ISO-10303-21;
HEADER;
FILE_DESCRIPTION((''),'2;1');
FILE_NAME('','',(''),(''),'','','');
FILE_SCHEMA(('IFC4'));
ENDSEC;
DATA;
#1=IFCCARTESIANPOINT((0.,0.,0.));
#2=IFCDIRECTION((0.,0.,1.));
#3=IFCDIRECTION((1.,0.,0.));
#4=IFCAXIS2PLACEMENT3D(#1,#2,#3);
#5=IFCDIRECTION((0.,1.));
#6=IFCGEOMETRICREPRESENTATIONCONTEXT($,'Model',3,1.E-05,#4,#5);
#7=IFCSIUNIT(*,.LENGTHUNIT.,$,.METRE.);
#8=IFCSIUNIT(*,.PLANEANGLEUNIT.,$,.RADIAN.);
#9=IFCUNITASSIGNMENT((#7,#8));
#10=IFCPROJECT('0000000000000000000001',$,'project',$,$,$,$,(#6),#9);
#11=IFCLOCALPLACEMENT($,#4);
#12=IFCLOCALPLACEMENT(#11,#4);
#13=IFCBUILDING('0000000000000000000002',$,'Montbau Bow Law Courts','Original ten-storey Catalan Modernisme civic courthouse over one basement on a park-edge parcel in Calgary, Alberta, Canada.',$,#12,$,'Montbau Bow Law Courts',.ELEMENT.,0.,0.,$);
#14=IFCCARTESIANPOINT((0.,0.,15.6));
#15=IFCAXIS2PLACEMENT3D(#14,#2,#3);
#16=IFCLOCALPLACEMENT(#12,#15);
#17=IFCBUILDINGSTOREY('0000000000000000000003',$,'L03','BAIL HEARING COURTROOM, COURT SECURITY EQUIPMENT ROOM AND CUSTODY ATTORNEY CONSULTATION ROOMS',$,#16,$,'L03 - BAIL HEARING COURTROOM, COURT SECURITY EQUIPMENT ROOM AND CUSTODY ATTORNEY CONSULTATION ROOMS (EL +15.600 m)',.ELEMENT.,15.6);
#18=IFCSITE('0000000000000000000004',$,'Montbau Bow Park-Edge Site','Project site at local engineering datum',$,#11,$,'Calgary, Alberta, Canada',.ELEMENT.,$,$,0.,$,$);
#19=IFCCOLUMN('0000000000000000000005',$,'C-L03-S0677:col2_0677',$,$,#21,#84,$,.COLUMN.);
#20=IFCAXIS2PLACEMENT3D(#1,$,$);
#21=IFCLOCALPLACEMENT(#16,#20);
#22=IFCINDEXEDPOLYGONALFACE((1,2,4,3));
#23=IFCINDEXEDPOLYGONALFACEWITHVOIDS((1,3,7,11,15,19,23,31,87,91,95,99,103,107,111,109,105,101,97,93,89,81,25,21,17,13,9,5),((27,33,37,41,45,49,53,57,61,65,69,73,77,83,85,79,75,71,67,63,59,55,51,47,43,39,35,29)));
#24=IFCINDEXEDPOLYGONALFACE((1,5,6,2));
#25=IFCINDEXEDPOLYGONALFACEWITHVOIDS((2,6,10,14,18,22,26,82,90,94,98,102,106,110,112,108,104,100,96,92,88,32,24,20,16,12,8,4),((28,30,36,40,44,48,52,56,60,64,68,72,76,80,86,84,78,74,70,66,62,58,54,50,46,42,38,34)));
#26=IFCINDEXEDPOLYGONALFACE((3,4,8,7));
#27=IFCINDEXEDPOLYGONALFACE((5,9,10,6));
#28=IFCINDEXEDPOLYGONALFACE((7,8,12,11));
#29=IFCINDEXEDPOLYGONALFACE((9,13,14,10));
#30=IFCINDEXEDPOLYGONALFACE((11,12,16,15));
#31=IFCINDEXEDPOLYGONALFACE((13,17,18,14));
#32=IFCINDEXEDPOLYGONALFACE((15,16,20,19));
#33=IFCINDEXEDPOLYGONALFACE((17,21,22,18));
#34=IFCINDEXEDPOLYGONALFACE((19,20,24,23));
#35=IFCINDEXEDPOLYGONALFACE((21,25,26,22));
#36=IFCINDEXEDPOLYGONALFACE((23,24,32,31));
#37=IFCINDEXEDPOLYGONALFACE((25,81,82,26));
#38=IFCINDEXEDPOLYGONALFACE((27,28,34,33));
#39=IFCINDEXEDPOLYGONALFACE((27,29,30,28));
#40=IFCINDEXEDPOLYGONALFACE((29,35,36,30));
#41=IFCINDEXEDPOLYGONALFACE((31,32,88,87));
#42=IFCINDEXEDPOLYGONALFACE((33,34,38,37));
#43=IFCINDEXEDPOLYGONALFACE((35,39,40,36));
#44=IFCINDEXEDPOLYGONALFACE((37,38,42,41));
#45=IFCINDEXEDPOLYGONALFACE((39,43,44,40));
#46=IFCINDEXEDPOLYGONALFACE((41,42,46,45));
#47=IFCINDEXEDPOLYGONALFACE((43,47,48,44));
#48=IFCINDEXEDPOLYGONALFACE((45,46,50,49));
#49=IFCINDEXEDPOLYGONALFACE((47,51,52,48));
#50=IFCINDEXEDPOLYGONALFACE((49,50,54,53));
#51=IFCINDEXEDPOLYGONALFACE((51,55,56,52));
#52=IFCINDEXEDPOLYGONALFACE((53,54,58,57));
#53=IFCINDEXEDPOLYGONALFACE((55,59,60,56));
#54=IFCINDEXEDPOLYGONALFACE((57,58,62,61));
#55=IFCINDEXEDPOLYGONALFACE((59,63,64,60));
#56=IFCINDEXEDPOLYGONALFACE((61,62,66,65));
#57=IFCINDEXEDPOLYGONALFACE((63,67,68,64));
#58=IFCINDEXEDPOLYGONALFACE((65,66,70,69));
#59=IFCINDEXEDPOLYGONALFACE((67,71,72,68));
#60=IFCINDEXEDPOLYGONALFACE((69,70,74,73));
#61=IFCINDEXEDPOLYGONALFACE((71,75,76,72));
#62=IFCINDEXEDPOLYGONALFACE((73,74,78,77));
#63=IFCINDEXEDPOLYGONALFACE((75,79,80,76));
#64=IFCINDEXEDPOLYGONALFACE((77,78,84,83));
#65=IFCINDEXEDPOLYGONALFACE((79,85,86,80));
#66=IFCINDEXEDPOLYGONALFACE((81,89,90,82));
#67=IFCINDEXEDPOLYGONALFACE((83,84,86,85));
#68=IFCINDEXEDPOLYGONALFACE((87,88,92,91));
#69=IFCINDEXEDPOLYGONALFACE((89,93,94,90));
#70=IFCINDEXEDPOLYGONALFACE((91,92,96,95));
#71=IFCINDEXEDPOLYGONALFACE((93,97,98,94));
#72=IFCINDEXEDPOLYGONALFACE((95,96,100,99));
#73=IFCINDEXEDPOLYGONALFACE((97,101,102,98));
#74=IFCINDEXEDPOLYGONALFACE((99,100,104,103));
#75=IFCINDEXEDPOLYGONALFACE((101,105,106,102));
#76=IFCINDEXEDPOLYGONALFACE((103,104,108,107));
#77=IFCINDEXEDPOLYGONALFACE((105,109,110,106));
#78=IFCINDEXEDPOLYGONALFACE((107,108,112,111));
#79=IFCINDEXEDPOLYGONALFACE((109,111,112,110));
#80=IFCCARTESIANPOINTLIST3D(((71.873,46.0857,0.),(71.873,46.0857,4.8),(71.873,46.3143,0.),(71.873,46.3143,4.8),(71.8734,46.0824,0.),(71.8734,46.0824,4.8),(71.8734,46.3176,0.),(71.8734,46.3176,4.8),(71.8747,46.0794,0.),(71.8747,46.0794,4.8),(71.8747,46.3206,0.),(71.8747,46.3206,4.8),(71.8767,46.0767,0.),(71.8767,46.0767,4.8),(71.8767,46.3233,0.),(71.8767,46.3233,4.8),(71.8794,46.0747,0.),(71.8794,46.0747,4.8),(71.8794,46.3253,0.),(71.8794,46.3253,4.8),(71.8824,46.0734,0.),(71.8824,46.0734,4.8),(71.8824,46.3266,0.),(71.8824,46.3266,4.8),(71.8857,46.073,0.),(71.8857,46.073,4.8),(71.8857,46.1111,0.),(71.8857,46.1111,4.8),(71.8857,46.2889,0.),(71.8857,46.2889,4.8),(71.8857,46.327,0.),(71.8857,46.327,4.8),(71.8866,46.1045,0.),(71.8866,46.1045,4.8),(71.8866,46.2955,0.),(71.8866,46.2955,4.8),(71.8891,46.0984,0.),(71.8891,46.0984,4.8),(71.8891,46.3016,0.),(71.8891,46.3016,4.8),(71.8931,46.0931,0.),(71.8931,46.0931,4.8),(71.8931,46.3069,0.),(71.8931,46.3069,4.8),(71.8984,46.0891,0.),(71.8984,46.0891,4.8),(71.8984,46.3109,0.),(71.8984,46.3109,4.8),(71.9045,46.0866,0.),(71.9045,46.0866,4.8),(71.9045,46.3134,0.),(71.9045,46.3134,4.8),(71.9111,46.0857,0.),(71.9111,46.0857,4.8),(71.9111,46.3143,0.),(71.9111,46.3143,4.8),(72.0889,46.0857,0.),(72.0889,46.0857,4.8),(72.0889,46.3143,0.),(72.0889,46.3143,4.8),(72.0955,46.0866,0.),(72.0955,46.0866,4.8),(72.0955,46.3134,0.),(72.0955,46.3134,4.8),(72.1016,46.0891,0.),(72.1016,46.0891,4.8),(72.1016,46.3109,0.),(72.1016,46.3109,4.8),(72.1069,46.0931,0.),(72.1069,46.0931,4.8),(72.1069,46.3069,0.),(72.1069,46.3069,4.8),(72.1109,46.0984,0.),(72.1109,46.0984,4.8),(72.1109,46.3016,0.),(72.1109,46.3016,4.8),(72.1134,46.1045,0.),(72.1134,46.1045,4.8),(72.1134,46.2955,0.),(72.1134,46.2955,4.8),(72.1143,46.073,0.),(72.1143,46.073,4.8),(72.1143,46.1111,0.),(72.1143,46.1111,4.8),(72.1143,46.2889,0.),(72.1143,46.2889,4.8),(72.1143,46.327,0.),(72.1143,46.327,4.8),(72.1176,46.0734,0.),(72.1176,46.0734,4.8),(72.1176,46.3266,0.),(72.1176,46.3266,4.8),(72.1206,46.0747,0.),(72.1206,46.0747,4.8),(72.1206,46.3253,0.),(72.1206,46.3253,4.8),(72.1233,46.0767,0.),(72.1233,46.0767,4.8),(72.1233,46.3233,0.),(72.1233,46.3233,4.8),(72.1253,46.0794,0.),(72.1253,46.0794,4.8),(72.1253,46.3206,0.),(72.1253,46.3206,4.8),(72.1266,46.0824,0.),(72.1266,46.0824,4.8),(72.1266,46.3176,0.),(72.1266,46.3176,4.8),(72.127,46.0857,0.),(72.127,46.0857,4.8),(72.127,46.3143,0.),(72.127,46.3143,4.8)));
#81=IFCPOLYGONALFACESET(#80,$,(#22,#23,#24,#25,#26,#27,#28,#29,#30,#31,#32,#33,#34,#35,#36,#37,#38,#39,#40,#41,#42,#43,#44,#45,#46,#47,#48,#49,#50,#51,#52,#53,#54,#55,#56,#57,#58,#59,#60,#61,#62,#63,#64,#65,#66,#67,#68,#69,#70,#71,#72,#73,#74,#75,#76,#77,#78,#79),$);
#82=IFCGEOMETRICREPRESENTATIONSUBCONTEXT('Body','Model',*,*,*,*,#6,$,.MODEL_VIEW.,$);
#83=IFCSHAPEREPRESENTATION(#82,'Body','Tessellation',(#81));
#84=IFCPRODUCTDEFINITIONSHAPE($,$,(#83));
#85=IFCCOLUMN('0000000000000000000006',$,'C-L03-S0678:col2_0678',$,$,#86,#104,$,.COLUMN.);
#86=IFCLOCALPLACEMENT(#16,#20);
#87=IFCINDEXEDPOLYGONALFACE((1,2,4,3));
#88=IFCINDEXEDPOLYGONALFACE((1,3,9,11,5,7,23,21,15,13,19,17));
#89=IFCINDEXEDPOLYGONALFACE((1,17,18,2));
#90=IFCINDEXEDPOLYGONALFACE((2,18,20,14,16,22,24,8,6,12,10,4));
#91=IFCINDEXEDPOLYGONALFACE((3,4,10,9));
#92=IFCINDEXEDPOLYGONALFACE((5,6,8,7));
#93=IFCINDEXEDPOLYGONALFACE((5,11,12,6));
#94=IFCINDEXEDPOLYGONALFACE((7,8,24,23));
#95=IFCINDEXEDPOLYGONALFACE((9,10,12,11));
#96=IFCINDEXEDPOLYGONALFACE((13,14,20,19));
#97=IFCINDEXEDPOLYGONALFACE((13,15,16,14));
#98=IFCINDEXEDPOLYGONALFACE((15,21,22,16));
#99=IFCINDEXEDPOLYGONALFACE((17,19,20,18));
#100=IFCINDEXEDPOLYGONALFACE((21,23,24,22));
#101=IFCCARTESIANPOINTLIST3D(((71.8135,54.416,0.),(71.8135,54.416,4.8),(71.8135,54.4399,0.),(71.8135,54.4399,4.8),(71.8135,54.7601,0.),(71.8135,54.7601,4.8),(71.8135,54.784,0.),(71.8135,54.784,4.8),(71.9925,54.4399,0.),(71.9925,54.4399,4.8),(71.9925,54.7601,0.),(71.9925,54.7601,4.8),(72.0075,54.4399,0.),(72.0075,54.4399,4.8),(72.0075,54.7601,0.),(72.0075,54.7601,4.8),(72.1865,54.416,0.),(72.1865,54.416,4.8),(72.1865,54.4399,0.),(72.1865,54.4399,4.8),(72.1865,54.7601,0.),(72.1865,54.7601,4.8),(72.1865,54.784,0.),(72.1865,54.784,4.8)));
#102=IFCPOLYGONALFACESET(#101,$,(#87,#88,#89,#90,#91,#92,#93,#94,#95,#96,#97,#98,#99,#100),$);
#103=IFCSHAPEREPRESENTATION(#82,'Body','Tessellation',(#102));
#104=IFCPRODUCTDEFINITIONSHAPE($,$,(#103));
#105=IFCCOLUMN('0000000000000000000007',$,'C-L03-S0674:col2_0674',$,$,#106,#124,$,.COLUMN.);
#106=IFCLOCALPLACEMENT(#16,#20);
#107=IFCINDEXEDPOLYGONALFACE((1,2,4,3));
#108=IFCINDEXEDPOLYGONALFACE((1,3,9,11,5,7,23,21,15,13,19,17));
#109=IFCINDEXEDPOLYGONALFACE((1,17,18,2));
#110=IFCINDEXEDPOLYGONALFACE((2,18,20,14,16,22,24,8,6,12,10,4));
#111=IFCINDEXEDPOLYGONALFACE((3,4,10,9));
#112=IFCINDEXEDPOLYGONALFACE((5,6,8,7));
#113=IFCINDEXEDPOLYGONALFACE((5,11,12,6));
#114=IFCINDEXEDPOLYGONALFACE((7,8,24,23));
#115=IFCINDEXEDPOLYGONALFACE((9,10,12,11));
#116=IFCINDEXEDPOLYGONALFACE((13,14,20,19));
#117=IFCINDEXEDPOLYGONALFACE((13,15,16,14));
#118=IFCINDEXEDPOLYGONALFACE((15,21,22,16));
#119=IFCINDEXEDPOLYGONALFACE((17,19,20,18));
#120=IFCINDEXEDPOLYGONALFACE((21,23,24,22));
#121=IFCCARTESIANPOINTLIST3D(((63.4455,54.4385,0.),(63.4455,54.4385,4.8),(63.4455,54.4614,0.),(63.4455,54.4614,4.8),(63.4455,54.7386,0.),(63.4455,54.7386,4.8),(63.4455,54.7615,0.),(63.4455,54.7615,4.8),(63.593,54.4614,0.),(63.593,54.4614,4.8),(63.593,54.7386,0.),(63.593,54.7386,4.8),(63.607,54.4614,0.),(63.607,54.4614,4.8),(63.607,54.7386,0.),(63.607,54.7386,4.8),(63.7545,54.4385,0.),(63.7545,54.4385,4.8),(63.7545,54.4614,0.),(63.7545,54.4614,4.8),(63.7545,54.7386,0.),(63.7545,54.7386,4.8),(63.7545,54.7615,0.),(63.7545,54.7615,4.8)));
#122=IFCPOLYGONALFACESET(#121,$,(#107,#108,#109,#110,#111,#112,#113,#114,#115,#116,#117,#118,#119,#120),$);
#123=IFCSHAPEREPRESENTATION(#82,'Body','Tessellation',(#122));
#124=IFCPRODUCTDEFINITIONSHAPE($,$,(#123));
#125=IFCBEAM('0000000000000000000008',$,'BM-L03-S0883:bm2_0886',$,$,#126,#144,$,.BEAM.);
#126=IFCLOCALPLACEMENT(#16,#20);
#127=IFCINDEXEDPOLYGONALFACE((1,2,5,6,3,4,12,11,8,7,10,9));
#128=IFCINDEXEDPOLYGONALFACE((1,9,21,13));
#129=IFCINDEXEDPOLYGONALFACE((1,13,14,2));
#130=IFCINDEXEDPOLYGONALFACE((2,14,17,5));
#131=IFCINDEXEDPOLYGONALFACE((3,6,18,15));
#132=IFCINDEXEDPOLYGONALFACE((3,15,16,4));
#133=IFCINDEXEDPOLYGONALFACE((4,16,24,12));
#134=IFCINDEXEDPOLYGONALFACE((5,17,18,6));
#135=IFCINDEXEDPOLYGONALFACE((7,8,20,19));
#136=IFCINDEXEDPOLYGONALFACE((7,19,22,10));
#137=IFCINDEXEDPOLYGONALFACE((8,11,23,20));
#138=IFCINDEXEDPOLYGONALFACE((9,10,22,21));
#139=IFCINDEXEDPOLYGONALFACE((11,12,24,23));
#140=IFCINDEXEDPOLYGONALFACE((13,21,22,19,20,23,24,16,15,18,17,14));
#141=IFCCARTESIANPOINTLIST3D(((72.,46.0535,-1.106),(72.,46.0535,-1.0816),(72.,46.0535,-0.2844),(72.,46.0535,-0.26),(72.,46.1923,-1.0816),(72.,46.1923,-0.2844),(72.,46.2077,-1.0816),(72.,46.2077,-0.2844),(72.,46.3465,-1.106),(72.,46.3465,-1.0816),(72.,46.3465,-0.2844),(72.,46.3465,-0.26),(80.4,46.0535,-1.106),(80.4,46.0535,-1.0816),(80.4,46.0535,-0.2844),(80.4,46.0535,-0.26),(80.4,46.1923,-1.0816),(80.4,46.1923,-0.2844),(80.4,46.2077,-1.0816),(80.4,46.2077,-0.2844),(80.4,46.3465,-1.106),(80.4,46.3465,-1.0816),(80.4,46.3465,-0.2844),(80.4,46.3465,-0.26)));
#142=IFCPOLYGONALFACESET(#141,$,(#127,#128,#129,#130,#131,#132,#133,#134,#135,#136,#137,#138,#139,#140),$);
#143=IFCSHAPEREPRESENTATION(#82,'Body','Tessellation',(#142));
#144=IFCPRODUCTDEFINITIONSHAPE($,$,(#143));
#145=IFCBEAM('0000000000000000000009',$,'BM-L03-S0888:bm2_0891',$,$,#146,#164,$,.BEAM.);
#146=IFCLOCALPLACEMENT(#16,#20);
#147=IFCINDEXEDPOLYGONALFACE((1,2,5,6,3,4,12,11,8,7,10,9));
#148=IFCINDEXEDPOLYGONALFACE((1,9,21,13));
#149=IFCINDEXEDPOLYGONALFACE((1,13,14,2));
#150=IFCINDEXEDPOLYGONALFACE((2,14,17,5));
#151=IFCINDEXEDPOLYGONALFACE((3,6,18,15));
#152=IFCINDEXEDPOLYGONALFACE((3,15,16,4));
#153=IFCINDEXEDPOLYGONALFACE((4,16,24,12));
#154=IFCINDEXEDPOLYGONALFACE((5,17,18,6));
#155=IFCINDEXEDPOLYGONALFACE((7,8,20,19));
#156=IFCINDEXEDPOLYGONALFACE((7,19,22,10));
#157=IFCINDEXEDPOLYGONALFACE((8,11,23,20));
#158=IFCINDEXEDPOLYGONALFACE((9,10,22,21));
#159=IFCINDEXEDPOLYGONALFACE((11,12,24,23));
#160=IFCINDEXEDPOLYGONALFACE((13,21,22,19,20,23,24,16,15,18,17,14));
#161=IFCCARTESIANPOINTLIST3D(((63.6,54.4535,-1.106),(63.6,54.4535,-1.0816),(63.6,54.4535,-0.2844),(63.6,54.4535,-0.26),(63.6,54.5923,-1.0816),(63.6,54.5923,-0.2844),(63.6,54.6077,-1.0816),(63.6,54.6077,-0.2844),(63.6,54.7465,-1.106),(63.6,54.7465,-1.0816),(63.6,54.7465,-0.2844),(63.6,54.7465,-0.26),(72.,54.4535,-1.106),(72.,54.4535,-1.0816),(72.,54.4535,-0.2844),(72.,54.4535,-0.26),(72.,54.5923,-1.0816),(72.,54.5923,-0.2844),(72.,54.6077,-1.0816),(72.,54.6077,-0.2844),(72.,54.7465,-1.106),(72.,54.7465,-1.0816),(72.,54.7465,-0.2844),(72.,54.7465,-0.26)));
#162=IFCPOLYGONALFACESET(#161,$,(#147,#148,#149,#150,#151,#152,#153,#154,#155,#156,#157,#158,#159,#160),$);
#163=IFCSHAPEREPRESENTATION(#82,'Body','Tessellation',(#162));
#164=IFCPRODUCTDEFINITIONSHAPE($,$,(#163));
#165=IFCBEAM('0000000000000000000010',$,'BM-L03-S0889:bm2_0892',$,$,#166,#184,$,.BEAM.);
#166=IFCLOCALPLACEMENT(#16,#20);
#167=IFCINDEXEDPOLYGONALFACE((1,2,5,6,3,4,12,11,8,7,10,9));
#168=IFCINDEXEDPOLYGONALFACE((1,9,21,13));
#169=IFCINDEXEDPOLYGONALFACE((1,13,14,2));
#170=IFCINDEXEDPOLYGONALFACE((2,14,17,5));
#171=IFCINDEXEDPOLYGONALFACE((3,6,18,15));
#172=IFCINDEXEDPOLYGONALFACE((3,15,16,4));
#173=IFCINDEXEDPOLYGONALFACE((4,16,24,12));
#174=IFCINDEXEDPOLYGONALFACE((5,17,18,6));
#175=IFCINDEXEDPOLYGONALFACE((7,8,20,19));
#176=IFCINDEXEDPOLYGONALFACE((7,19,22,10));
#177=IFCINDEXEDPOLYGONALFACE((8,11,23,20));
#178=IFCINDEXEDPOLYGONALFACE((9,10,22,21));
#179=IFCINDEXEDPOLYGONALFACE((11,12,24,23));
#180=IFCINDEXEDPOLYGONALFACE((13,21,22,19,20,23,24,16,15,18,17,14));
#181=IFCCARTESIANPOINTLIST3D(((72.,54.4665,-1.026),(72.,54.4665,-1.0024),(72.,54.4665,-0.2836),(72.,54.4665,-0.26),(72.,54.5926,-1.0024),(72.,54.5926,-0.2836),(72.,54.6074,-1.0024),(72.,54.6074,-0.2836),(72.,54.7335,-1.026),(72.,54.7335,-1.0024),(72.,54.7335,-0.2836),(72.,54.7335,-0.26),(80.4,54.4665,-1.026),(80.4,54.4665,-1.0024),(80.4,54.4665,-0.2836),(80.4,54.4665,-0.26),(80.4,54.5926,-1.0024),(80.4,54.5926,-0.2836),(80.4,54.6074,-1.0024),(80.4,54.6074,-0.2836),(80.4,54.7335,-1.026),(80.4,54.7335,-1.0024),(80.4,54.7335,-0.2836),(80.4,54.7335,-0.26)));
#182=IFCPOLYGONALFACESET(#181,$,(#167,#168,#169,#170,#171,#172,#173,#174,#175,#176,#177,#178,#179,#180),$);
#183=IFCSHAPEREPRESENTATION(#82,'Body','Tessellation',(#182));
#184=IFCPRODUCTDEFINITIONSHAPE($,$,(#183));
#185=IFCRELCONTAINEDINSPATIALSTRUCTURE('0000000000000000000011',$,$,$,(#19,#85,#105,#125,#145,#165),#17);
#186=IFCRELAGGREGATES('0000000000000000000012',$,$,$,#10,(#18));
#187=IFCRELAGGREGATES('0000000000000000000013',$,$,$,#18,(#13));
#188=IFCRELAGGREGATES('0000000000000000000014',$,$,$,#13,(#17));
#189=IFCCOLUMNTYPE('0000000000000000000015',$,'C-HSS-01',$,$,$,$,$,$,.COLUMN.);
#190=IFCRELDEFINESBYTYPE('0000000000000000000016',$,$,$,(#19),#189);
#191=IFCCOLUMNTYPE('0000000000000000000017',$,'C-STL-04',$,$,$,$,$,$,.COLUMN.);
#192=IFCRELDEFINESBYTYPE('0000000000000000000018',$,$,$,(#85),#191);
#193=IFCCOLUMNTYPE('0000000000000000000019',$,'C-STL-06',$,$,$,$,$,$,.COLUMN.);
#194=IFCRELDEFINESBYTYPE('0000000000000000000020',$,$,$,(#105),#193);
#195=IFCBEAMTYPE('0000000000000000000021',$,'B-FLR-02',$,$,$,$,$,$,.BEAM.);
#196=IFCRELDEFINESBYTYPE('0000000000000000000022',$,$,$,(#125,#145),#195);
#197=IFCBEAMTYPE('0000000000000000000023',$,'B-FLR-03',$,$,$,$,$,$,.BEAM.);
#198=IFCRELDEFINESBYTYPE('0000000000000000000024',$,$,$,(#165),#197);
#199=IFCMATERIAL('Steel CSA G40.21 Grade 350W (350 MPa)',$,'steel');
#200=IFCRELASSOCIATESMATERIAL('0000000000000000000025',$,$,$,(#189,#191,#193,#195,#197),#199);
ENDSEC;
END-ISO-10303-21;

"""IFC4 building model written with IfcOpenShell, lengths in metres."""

from ifc_helpers import new_model, si_unit, direction, frame, origin_with_axes, origin_2d_with_axis, place, context, subcontext, project, spatial, hollow_rectangle, i_section, extrude, material, material_profile, profile_set, type_object, element, save


model = new_model("IFC4")

# Units and contexts
model_context = context("Model", 3, precision=1e-05, world=origin_with_axes(), true_north=direction((0.0, 1.0)))
body_context = subcontext(model_context, "Body", "Model", "MODEL_VIEW")
ifc_project = project(units=[si_unit("LENGTHUNIT", "METRE"), si_unit("PLANEANGLEUNIT", "RADIAN")], contexts=[model_context])

# Site, building, storey
site_placement = place(None, origin_with_axes())
site = spatial("IfcSite", under=ifc_project, at=site_placement, Name="Montbau Bow Park-Edge Site", Description="Project site at local engineering datum", LongName="Calgary, Alberta, Canada", CompositionType="ELEMENT", RefElevation=0.0)
building_placement = place(site_placement, origin_with_axes())
building = spatial("IfcBuilding", under=site, at=building_placement, Name="Montbau Bow Law Courts", Description="Original ten-storey Catalan Modernisme civic courthouse over one basement on a park-edge parcel in Calgary, Alberta, Canada.", LongName="Montbau Bow Law Courts", CompositionType="ELEMENT", ElevationOfRefHeight=0.0, ElevationOfTerrain=0.0)
storey_placement = place(building_placement, frame((0.0, 0.0, 15.6), z_axis=(0.0, 0.0, 1.0), x_axis=(1.0, 0.0, 0.0)))
storey = spatial("IfcBuildingStorey", under=building, at=storey_placement, Name="L03", Description="BAIL HEARING COURTROOM, COURT SECURITY EQUIPMENT ROOM AND CUSTODY ATTORNEY CONSULTATION ROOMS", LongName="L03 - BAIL HEARING COURTROOM, COURT SECURITY EQUIPMENT ROOM AND CUSTODY ATTORNEY CONSULTATION ROOMS (EL +15.600 m)", CompositionType="ELEMENT", Elevation=15.6)

# Columns
ifc_material_1 = material(Name="Steel CSA G40.21 Grade 350W (350 MPa)", Category="steel")
ifc_material_profile_1 = material_profile(ifc_material_1, hollow_rectangle(XDim=0.254, YDim=0.254, WallThickness=0.0127, InnerFilletRadius=0.0254, OuterFilletRadius=0.0127, at=origin_2d_with_axis()), Name="HSS254X254X13", Category="Main", Priority=0)
ifc_profile_set_1 = profile_set([ifc_material_profile_1], Name="Steel CSA G40.21 Grade 350W (350 MPa)")
column_type_1 = type_object("IfcColumnType", Name="C-HSS-01", PredefinedType="COLUMN", material=ifc_profile_set_1)
column_1_placement = place(None, frame((72.0, 46.2, 15.6), z_axis=(0.0, 0.0, 1.0), x_axis=(1.0, 0.0, 0.0)))
element("IfcColumn", 1, at=column_1_placement, inside=storey, type_object=column_type_1, Name="C-L03-S0677:col2_0677", PredefinedType="COLUMN", context=body_context, shape_type="SweptSolid", body=[
    extrude(hollow_rectangle(XDim=0.254, YDim=0.254, WallThickness=0.0127, InnerFilletRadius=0.0254, OuterFilletRadius=0.0127, at=origin_2d_with_axis()), origin_with_axes(), (0.0, 0.0, 1.0), 4.8),
])
ifc_material_profile_2 = material_profile(ifc_material_1, i_section(OverallWidth=0.373, OverallDepth=0.368, WebThickness=0.015, FlangeThickness=0.0239, at=origin_2d_with_axis()), Name="W360X179", Category="Main", Priority=0)
ifc_profile_set_2 = profile_set([ifc_material_profile_2], Name="Steel CSA G40.21 Grade 350W (350 MPa)")
column_type_2 = type_object("IfcColumnType", Name="C-STL-04", PredefinedType="COLUMN", material=ifc_profile_set_2)
column_2_placement = place(None, frame((72.0, 54.6, 15.6), z_axis=(0.0, 0.0, 1.0), x_axis=(1.0, 0.0, 0.0)))
element("IfcColumn", 2, at=column_2_placement, inside=storey, type_object=column_type_2, Name="C-L03-S0678:col2_0678", PredefinedType="COLUMN", context=body_context, shape_type="SweptSolid", body=[
    extrude(i_section(OverallWidth=0.373, OverallDepth=0.368, WebThickness=0.015, FlangeThickness=0.0239, at=origin_2d_with_axis()), origin_with_axes(), (0.0, 0.0, 1.0), 4.8),
])
ifc_material_profile_3 = material_profile(ifc_material_1, i_section(OverallWidth=0.309, OverallDepth=0.323, WebThickness=0.014, FlangeThickness=0.0229, at=origin_2d_with_axis()), Name="W310X143", Category="Main", Priority=0)
ifc_profile_set_3 = profile_set([ifc_material_profile_3], Name="Steel CSA G40.21 Grade 350W (350 MPa)")
column_type_3 = type_object("IfcColumnType", Name="C-STL-06", PredefinedType="COLUMN", material=ifc_profile_set_3)
column_3_placement = place(None, frame((63.6, 54.6, 15.6), z_axis=(0.0, 0.0, 1.0), x_axis=(1.0, 0.0, 0.0)))
element("IfcColumn", 3, at=column_3_placement, inside=storey, type_object=column_type_3, Name="C-L03-S0674:col2_0674", PredefinedType="COLUMN", context=body_context, shape_type="SweptSolid", body=[
    extrude(i_section(OverallWidth=0.309, OverallDepth=0.323, WebThickness=0.014, FlangeThickness=0.0229, at=origin_2d_with_axis()), origin_with_axes(), (0.0, 0.0, 1.0), 4.8),
])

# Beams
ifc_material_profile_4 = material_profile(ifc_material_1, i_section(OverallWidth=0.293, OverallDepth=0.846, WebThickness=0.0154, FlangeThickness=0.0244, at=origin_2d_with_axis()), Name="W840X210", Category="Main", Priority=0)
ifc_profile_set_4 = profile_set([ifc_material_profile_4], Name="Steel CSA G40.21 Grade 350W (350 MPa)")
beam_type_1 = type_object("IfcBeamType", Name="B-FLR-02", PredefinedType="BEAM", material=ifc_profile_set_4)
for number, where, z_axis, x_axis, name in (
    (4, (72.0, 46.2, 14.917), (1.0, 0.0, 0.0), (0.0, 1.0, 0.0), "BM-L03-S0883:bm2_0886"),
    (5, (63.6, 54.6, 14.917), (1.0, 0.0, 0.0), (0.0, 1.0, 0.0), "BM-L03-S0888:bm2_0891"),
):
    element("IfcBeam", number, at=place(None, frame(where, z_axis=z_axis, x_axis=x_axis)), inside=storey, type_object=beam_type_1, Name=name, PredefinedType="BEAM", context=body_context, shape_type="SweptSolid", body=[
        extrude(i_section(OverallWidth=0.293, OverallDepth=0.846, WebThickness=0.0154, FlangeThickness=0.0244, at=origin_2d_with_axis()), origin_with_axes(), (0.0, 0.0, 1.0), 8.4),
    ])
ifc_material_profile_5 = material_profile(ifc_material_1, i_section(OverallWidth=0.267, OverallDepth=0.766, WebThickness=0.0149, FlangeThickness=0.0236, at=origin_2d_with_axis()), Name="W760X185", Category="Main", Priority=0)
ifc_profile_set_5 = profile_set([ifc_material_profile_5], Name="Steel CSA G40.21 Grade 350W (350 MPa)")
beam_type_2 = type_object("IfcBeamType", Name="B-FLR-03", PredefinedType="BEAM", material=ifc_profile_set_5)
beam_1_placement = place(None, frame((72.0, 54.6, 14.957), z_axis=(1.0, 0.0, 0.0), x_axis=(0.0, 1.0, 0.0)))
element("IfcBeam", 6, at=beam_1_placement, inside=storey, type_object=beam_type_2, Name="BM-L03-S0889:bm2_0892", PredefinedType="BEAM", context=body_context, shape_type="SweptSolid", body=[
    extrude(i_section(OverallWidth=0.267, OverallDepth=0.766, WebThickness=0.0149, FlangeThickness=0.0236, at=origin_2d_with_axis()), origin_with_axes(), (0.0, 0.0, 1.0), 8.4),
])

save(model, "model.ifc")
